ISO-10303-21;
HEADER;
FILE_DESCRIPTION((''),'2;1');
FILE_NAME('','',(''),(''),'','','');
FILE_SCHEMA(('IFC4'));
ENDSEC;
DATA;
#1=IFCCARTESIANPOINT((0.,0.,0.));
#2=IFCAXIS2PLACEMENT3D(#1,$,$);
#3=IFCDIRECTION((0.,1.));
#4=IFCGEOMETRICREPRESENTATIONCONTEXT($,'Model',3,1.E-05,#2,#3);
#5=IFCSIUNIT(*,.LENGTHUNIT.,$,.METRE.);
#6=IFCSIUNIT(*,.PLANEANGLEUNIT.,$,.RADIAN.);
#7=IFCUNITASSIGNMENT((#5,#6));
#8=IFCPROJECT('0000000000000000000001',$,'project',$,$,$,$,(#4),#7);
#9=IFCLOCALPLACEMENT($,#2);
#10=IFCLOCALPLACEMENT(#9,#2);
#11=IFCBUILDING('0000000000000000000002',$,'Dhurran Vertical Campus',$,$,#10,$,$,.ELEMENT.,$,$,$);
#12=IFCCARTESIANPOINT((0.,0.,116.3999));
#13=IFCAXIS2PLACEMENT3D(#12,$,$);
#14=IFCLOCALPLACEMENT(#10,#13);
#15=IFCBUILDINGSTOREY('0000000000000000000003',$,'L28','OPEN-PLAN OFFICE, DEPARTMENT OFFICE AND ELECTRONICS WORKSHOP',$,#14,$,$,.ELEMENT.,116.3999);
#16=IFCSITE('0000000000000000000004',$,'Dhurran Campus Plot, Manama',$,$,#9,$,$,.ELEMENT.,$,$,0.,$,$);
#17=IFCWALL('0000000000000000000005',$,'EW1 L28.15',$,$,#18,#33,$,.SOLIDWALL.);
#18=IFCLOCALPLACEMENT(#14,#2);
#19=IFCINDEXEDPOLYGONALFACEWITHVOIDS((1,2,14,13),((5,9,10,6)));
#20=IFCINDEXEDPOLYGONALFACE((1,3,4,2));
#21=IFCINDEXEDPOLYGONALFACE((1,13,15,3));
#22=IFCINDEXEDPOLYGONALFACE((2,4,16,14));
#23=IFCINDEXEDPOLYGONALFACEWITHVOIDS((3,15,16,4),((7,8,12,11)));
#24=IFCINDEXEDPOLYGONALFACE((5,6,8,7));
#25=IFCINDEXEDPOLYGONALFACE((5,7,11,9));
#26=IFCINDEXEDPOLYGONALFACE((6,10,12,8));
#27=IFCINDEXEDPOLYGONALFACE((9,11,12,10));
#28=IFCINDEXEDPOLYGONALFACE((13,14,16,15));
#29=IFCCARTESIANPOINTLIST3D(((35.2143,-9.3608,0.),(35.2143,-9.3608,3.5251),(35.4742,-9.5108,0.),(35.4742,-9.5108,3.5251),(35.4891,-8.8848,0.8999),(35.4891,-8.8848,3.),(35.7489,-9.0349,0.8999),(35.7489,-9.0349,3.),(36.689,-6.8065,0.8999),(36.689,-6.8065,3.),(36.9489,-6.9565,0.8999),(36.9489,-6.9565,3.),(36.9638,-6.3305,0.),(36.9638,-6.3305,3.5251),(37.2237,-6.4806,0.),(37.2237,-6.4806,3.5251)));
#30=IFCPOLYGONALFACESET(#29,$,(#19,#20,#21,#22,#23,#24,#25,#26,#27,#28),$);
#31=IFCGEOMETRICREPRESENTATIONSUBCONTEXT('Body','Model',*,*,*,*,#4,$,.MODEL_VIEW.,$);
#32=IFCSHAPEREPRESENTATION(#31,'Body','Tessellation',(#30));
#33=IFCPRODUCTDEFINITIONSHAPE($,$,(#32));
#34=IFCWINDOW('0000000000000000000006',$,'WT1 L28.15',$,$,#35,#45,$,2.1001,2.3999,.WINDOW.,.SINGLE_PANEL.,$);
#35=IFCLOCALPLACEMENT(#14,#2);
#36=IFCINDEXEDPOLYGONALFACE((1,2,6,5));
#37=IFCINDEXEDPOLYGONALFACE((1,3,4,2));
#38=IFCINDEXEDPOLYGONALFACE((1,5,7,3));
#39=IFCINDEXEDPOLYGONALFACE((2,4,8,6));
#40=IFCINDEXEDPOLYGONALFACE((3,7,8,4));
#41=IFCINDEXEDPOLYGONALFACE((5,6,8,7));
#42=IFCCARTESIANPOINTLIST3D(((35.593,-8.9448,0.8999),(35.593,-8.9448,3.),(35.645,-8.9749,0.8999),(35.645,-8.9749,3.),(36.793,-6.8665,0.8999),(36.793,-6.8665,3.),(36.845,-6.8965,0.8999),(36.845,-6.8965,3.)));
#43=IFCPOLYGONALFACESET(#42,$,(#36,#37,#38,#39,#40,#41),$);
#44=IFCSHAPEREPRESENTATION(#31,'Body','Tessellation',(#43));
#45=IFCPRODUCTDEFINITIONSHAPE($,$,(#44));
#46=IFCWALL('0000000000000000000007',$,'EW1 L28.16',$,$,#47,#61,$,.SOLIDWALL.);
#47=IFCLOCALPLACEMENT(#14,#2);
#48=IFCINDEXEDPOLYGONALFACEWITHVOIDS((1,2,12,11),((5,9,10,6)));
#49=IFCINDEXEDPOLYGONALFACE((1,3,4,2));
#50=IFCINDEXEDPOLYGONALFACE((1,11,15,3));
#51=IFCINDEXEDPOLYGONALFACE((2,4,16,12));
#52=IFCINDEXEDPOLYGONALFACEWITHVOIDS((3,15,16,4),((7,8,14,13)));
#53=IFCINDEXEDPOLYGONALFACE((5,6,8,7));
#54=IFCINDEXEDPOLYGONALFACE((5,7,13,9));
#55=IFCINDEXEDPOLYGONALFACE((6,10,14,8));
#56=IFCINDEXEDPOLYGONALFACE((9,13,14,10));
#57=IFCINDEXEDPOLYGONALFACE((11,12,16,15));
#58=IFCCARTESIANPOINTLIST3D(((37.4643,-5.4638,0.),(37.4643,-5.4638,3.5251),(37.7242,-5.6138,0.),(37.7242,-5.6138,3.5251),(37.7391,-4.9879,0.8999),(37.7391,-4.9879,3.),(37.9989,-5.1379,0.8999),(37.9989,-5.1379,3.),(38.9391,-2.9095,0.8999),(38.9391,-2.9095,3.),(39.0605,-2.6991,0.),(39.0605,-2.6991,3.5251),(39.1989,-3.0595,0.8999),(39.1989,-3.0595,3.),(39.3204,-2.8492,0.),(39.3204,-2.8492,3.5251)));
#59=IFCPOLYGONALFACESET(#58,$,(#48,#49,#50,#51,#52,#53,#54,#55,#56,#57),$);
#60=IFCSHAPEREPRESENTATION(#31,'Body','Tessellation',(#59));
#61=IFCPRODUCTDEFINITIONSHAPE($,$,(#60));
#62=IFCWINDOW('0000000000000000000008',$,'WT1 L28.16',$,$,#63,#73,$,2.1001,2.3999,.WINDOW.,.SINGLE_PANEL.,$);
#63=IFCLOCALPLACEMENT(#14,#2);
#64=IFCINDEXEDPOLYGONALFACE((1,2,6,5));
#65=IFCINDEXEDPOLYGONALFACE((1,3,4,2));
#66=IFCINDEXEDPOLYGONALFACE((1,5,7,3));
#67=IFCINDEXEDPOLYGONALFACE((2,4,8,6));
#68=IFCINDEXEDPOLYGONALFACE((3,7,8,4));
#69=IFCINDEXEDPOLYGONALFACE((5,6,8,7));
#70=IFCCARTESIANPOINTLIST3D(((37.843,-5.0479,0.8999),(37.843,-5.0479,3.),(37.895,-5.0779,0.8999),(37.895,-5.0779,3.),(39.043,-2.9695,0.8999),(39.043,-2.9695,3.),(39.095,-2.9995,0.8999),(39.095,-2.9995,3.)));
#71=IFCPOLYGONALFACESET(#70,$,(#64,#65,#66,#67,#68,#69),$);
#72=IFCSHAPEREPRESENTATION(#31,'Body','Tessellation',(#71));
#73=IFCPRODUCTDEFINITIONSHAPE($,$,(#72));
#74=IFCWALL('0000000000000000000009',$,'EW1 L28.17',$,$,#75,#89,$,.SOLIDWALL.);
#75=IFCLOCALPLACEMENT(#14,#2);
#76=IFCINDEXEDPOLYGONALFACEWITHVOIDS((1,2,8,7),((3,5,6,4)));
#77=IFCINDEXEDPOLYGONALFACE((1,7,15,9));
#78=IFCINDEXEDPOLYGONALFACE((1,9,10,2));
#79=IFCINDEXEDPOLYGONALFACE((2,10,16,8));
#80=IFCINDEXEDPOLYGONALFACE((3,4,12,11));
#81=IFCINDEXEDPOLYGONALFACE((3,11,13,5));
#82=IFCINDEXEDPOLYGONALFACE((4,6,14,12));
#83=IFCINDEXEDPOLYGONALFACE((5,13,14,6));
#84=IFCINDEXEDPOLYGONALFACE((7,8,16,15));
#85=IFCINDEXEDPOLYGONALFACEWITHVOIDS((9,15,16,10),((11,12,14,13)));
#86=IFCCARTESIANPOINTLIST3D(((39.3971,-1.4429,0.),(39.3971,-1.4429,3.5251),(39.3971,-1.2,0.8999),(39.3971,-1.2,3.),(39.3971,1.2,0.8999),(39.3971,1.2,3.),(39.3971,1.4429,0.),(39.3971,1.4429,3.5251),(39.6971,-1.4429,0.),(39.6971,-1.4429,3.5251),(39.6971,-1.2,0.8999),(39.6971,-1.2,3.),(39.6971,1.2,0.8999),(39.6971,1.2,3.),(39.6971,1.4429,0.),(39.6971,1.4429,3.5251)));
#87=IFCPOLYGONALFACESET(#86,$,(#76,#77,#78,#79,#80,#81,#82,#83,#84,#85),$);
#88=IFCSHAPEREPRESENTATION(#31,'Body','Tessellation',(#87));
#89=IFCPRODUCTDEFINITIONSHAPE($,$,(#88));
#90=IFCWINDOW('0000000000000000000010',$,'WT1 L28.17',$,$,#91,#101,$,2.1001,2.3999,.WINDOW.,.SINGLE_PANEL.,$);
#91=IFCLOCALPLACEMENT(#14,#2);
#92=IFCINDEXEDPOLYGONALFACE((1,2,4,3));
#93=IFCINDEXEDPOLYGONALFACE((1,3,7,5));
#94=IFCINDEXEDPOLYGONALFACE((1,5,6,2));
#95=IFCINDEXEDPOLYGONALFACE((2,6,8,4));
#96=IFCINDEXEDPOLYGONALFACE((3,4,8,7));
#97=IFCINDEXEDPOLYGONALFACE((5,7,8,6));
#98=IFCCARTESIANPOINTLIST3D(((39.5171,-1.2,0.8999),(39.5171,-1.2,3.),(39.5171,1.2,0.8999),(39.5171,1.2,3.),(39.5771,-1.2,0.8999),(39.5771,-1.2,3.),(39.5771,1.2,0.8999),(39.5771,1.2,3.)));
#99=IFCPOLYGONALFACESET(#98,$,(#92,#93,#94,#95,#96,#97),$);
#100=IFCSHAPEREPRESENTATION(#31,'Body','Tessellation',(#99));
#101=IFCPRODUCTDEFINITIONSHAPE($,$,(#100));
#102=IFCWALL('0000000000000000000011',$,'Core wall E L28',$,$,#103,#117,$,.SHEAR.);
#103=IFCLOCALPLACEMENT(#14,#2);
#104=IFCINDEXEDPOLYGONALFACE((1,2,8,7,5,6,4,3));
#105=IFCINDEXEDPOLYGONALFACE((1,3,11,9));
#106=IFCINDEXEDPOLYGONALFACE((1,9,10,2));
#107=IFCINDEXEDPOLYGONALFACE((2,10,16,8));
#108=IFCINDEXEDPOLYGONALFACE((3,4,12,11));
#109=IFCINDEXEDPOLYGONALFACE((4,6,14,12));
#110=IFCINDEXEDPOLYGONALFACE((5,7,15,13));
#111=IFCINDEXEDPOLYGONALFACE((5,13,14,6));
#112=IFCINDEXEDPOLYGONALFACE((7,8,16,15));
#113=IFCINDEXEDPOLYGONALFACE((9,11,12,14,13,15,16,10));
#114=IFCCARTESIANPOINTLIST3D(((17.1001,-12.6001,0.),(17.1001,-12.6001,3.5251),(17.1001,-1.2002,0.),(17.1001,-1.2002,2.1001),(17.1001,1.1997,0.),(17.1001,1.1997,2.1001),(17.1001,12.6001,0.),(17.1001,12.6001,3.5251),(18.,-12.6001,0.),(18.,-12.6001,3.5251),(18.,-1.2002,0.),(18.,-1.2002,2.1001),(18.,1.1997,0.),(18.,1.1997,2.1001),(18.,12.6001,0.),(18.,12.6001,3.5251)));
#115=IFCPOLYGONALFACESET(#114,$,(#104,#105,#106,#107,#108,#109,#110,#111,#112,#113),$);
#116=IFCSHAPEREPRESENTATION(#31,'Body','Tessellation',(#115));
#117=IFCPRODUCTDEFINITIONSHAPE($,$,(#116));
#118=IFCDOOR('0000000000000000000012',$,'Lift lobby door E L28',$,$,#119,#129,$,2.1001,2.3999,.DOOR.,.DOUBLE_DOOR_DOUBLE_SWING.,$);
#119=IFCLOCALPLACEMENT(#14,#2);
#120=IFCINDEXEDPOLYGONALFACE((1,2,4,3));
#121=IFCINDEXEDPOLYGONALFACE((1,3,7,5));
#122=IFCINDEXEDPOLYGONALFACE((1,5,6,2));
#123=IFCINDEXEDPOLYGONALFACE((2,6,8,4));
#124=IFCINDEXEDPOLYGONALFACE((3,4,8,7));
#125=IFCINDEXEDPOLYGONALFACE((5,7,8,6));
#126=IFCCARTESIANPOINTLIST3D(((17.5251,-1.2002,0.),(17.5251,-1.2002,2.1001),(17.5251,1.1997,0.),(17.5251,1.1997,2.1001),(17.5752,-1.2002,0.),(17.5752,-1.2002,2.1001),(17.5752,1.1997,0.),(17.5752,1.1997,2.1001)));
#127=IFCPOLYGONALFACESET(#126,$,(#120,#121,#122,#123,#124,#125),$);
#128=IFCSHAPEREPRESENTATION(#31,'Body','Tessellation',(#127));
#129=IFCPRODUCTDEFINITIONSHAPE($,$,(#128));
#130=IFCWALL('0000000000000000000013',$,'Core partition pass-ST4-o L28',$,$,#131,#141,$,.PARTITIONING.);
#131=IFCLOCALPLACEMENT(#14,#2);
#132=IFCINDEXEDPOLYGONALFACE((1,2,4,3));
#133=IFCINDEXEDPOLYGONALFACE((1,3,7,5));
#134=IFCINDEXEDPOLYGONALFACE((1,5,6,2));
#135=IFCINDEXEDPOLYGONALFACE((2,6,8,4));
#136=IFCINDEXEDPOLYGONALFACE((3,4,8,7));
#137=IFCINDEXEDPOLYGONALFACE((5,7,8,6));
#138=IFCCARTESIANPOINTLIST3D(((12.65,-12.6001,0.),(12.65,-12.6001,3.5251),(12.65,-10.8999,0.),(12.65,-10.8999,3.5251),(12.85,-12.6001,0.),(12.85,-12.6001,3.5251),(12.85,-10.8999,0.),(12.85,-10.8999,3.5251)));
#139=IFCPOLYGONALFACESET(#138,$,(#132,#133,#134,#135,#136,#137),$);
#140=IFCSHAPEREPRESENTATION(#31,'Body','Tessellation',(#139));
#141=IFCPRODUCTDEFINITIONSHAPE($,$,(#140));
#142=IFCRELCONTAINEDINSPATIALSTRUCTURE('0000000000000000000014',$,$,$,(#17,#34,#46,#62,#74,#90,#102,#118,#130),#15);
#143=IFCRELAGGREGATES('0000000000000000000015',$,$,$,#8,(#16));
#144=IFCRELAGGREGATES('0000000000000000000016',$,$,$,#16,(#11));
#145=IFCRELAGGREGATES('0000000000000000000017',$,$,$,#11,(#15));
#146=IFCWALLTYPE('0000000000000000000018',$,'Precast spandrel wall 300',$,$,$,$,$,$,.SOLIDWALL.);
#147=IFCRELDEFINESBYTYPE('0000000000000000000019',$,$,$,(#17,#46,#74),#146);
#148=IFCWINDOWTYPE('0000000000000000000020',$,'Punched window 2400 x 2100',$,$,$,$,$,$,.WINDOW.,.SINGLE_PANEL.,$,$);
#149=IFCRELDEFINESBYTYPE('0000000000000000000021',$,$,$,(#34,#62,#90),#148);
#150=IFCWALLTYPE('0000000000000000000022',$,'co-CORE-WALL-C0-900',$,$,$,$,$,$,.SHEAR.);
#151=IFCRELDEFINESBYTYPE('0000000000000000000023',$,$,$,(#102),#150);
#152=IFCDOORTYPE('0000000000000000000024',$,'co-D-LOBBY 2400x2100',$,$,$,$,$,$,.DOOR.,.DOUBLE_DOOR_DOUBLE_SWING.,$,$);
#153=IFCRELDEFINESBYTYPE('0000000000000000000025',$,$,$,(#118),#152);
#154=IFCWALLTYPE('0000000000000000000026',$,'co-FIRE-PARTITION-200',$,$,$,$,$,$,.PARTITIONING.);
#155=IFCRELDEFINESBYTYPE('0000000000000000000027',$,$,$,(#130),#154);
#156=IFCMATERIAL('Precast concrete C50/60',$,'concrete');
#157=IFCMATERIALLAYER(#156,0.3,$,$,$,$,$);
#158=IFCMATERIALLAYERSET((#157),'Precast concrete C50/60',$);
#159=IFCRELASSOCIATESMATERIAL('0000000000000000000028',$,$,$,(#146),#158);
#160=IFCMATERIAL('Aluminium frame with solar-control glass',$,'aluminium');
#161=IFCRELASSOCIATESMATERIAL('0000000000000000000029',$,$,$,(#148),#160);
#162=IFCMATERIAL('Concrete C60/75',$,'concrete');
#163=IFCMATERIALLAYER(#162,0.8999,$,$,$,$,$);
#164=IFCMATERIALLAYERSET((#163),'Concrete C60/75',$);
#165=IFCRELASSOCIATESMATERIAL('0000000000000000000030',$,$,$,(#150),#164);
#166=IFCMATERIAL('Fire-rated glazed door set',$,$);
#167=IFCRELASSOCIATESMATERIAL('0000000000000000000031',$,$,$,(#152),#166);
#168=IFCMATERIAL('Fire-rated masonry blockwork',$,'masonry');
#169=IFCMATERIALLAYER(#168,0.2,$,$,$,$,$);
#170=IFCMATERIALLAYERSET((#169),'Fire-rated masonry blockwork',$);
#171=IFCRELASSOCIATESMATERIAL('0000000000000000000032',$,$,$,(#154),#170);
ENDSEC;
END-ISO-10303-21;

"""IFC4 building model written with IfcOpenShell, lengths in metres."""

from ifc_helpers import new_model, si_unit, direction, frame, frame_2d, origin, place, context, subcontext, project, spatial, rectangle, extrude, material, layer, layer_set, type_object, element, fill, save


model = new_model("IFC4")

# Units and contexts
model_context = context("Model", 3, precision=1e-05, world=origin(), true_north=direction((0.0, 1.0)))
body_context = subcontext(model_context, "Body", "Model", "MODEL_VIEW")
ifc_project = project(units=[si_unit("LENGTHUNIT", "METRE"), si_unit("PLANEANGLEUNIT", "RADIAN")], contexts=[model_context])

# Site, building, storey
site_placement = place(None, origin())
site = spatial("IfcSite", under=ifc_project, at=site_placement, Name="Dhurran Campus Plot, Manama", CompositionType="ELEMENT", RefElevation=0.0)
building_placement = place(site_placement, origin())
building = spatial("IfcBuilding", under=site, at=building_placement, Name="Dhurran Vertical Campus", CompositionType="ELEMENT")
storey_placement = place(building_placement, frame((0.0, 0.0, 116.3999)))
storey = spatial("IfcBuildingStorey", under=building, at=storey_placement, Name="L28", Description="OPEN-PLAN OFFICE, DEPARTMENT OFFICE AND ELECTRONICS WORKSHOP", CompositionType="ELEMENT", Elevation=116.3999)

# Walls, openings, windows
ifc_material_1 = material(Name="Precast concrete C50/60", Category="concrete")
ifc_layer_1 = layer(ifc_material_1, 0.3)
ifc_layer_set_1 = layer_set([ifc_layer_1], Name="Precast concrete C50/60")
wall_type_1 = type_object("IfcWallType", Name="Precast spandrel wall 300", PredefinedType="SOLIDWALL", material=ifc_layer_set_1)
ifc_material_2 = material(Name="Aluminium frame with solar-control glass", Category="aluminium")
window_type = type_object("IfcWindowType", Name="Punched window 2400 x 2100", PartitioningType="SINGLE_PANEL", PredefinedType="WINDOW", material=ifc_material_2)
wall_1_placement = place(storey_placement, frame((35.3442, -9.4358, 0.0), z_axis=(0.0, 0.0, 1.0), x_axis=(0.499996, 0.866028, 0.0)))
wall_1 = element("IfcWall", 1, at=wall_1_placement, inside=storey, type_object=wall_type_1, Name="EW1 L28.15", PredefinedType="SOLIDWALL", context=body_context, shape_type="SweptSolid", body=[
    extrude(rectangle(XDim=3.499, YDim=0.3, at=frame_2d((1.7495, 0.0))), origin(), (0.0, 0.0, 1.0), 3.5251),
])
opening_1_placement = place(wall_1_placement, frame((0.5496, 0.0, 0.8999)))
opening_1 = element("IfcOpeningElement", 2, at=opening_1_placement, cuts=wall_1, PredefinedType="OPENING", context=body_context, shape_type="SweptSolid", body=[
    extrude(rectangle(XDim=2.3999, YDim=2.1001, at=frame_2d((1.2, 1.05))), frame((0.0, 0.1599, 0.0), z_axis=(0.0, -1.0, 0.0), x_axis=(1.0, 0.0, 0.0)), (0.0, 0.0, 1.0), 0.3201),
])
window_1_placement = place(opening_1_placement, origin())
window_1 = element("IfcWindow", 3, at=window_1_placement, inside=storey, type_object=window_type, Name="WT1 L28.15", OverallHeight=2.1001, OverallWidth=2.3999, PartitioningType="SINGLE_PANEL", PredefinedType="WINDOW", context=body_context, shape_type="SweptSolid", body=[
    extrude(rectangle(XDim=2.3999, YDim=2.1001, at=frame_2d((1.2, 1.05))), frame((0.0, 0.03, 0.0), z_axis=(0.0, -1.0, 0.0), x_axis=(1.0, 0.0, 0.0)), (0.0, 0.0, 1.0), 0.0601),
])
fill(opening_1, window_1)
wall_2_placement = place(storey_placement, frame((37.5942, -5.5388, 0.0), z_axis=(0.0, 0.0, 1.0), x_axis=(0.500005, 0.866023, 0.0)))
wall_2 = element("IfcWall", 4, at=wall_2_placement, inside=storey, type_object=wall_type_1, Name="EW1 L28.16", PredefinedType="SOLIDWALL", context=body_context, shape_type="SweptSolid", body=[
    extrude(rectangle(XDim=3.1924, YDim=0.3, at=frame_2d((1.5962, 0.0))), origin(), (0.0, 0.0, 1.0), 3.5251),
])
opening_2_placement = place(wall_2_placement, frame((0.5496, 0.0, 0.8999)))
opening_2 = element("IfcOpeningElement", 5, at=opening_2_placement, cuts=wall_2, PredefinedType="OPENING", context=body_context, shape_type="SweptSolid", body=[
    extrude(rectangle(XDim=2.3999, YDim=2.1001, at=frame_2d((1.2, 1.05))), frame((0.0, 0.1599, 0.0), z_axis=(0.0, -1.0, 0.0), x_axis=(1.0, 0.0, 0.0)), (0.0, 0.0, 1.0), 0.3201),
])
window_2_placement = place(opening_2_placement, origin())
window_2 = element("IfcWindow", 6, at=window_2_placement, inside=storey, type_object=window_type, Name="WT1 L28.16", OverallHeight=2.1001, OverallWidth=2.3999, PartitioningType="SINGLE_PANEL", PredefinedType="WINDOW", context=body_context, shape_type="SweptSolid", body=[
    extrude(rectangle(XDim=2.3999, YDim=2.1001, at=frame_2d((1.2, 1.05))), frame((0.0, 0.03, 0.0), z_axis=(0.0, -1.0, 0.0), x_axis=(1.0, 0.0, 0.0)), (0.0, 0.0, 1.0), 0.0601),
])
fill(opening_2, window_2)
wall_3_placement = place(storey_placement, frame((39.5471, -1.4429, 0.0), z_axis=(0.0, 0.0, 1.0), x_axis=(0.0, 1.0, 0.0)))
wall_3 = element("IfcWall", 7, at=wall_3_placement, inside=storey, type_object=wall_type_1, Name="EW1 L28.17", PredefinedType="SOLIDWALL", context=body_context, shape_type="SweptSolid", body=[
    extrude(rectangle(XDim=2.8857, YDim=0.3, at=frame_2d((1.4429, 0.0))), origin(), (0.0, 0.0, 1.0), 3.5251),
])
opening_3_placement = place(wall_3_placement, frame((0.2429, 0.0, 0.8999)))
opening_3 = element("IfcOpeningElement", 8, at=opening_3_placement, cuts=wall_3, PredefinedType="OPENING", context=body_context, shape_type="SweptSolid", body=[
    extrude(rectangle(XDim=2.3999, YDim=2.1001, at=frame_2d((1.2, 1.05))), frame((0.0, 0.1599, 0.0), z_axis=(0.0, -1.0, 0.0), x_axis=(1.0, 0.0, 0.0)), (0.0, 0.0, 1.0), 0.3201),
])
window_3_placement = place(opening_3_placement, origin())
window_3 = element("IfcWindow", 9, at=window_3_placement, inside=storey, type_object=window_type, Name="WT1 L28.17", OverallHeight=2.1001, OverallWidth=2.3999, PartitioningType="SINGLE_PANEL", PredefinedType="WINDOW", context=body_context, shape_type="SweptSolid", body=[
    extrude(rectangle(XDim=2.3999, YDim=2.1001, at=frame_2d((1.2, 1.05))), frame((0.0, 0.03, 0.0), z_axis=(0.0, -1.0, 0.0), x_axis=(1.0, 0.0, 0.0)), (0.0, 0.0, 1.0), 0.0601),
])
fill(opening_3, window_3)

# Wall, opening, door
ifc_material_3 = material(Name="Concrete C60/75", Category="concrete")
ifc_layer_2 = layer(ifc_material_3, 0.8999)
ifc_layer_set_2 = layer_set([ifc_layer_2], Name="Concrete C60/75")
wall_type_2 = type_object("IfcWallType", Name="co-CORE-WALL-C0-900", PredefinedType="SHEAR", material=ifc_layer_set_2)
wall_4_placement = place(storey_placement, frame((17.55, -12.6001, 0.0), z_axis=(0.0, 0.0, 1.0), x_axis=(0.0, 1.0, 0.0)))
wall_4 = element("IfcWall", 10, at=wall_4_placement, inside=storey, type_object=wall_type_2, Name="Core wall E L28", PredefinedType="SHEAR", context=body_context, shape_type="SweptSolid", body=[
    extrude(rectangle(XDim=25.2002, YDim=0.8999, at=frame_2d((12.6001, 0.0))), origin(), (0.0, 0.0, 1.0), 3.5251),
])
opening_4_placement = place(wall_4_placement, frame((11.3999, 0.0, 0.0)))
opening_4 = element("IfcOpeningElement", 11, at=opening_4_placement, cuts=wall_4, PredefinedType="OPENING", context=body_context, shape_type="SweptSolid", body=[
    extrude(rectangle(XDim=2.3999, YDim=2.1001, at=frame_2d((1.2, 1.05))), frame((0.0, 0.46, 0.0), z_axis=(0.0, -1.0, 0.0), x_axis=(1.0, 0.0, 0.0)), (0.0, 0.0, 1.0), 0.9199),
])
ifc_material_4 = material(Name="Fire-rated glazed door set")
door_type_1 = type_object("IfcDoorType", Name="co-D-LOBBY 2400x2100", OperationType="DOUBLE_DOOR_DOUBLE_SWING", PredefinedType="DOOR", material=ifc_material_4)
door_1_placement = place(opening_4_placement, origin())
door_1 = element("IfcDoor", 12, at=door_1_placement, inside=storey, type_object=door_type_1, Name="Lift lobby door E L28", OperationType="DOUBLE_DOOR_DOUBLE_SWING", OverallHeight=2.1001, OverallWidth=2.3999, PredefinedType="DOOR", context=body_context, shape_type="SweptSolid", body=[
    extrude(rectangle(XDim=2.3999, YDim=2.1001, at=frame_2d((1.2, 1.05))), frame((0.0, 0.0249, 0.0), z_axis=(0.0, -1.0, 0.0), x_axis=(1.0, 0.0, 0.0)), (0.0, 0.0, 1.0), 0.05),
])
fill(opening_4, door_1)

# Wall
ifc_material_5 = material(Name="Fire-rated masonry blockwork", Category="masonry")
ifc_layer_3 = layer(ifc_material_5, 0.2)
ifc_layer_set_3 = layer_set([ifc_layer_3], Name="Fire-rated masonry blockwork")
wall_type_3 = type_object("IfcWallType", Name="co-FIRE-PARTITION-200", PredefinedType="PARTITIONING", material=ifc_layer_set_3)
wall_5_placement = place(storey_placement, frame((12.75, -12.6001, 0.0), z_axis=(0.0, 0.0, 1.0), x_axis=(0.0, 1.0, 0.0)))
element("IfcWall", 13, at=wall_5_placement, inside=storey, type_object=wall_type_3, Name="Core partition pass-ST4-o L28", PredefinedType="PARTITIONING", context=body_context, shape_type="SweptSolid", body=[
    extrude(rectangle(XDim=1.7002, YDim=0.2, at=frame_2d((0.8501, 0.0))), origin(), (0.0, 0.0, 1.0), 3.5251),
])

save(model, "model.ifc")
